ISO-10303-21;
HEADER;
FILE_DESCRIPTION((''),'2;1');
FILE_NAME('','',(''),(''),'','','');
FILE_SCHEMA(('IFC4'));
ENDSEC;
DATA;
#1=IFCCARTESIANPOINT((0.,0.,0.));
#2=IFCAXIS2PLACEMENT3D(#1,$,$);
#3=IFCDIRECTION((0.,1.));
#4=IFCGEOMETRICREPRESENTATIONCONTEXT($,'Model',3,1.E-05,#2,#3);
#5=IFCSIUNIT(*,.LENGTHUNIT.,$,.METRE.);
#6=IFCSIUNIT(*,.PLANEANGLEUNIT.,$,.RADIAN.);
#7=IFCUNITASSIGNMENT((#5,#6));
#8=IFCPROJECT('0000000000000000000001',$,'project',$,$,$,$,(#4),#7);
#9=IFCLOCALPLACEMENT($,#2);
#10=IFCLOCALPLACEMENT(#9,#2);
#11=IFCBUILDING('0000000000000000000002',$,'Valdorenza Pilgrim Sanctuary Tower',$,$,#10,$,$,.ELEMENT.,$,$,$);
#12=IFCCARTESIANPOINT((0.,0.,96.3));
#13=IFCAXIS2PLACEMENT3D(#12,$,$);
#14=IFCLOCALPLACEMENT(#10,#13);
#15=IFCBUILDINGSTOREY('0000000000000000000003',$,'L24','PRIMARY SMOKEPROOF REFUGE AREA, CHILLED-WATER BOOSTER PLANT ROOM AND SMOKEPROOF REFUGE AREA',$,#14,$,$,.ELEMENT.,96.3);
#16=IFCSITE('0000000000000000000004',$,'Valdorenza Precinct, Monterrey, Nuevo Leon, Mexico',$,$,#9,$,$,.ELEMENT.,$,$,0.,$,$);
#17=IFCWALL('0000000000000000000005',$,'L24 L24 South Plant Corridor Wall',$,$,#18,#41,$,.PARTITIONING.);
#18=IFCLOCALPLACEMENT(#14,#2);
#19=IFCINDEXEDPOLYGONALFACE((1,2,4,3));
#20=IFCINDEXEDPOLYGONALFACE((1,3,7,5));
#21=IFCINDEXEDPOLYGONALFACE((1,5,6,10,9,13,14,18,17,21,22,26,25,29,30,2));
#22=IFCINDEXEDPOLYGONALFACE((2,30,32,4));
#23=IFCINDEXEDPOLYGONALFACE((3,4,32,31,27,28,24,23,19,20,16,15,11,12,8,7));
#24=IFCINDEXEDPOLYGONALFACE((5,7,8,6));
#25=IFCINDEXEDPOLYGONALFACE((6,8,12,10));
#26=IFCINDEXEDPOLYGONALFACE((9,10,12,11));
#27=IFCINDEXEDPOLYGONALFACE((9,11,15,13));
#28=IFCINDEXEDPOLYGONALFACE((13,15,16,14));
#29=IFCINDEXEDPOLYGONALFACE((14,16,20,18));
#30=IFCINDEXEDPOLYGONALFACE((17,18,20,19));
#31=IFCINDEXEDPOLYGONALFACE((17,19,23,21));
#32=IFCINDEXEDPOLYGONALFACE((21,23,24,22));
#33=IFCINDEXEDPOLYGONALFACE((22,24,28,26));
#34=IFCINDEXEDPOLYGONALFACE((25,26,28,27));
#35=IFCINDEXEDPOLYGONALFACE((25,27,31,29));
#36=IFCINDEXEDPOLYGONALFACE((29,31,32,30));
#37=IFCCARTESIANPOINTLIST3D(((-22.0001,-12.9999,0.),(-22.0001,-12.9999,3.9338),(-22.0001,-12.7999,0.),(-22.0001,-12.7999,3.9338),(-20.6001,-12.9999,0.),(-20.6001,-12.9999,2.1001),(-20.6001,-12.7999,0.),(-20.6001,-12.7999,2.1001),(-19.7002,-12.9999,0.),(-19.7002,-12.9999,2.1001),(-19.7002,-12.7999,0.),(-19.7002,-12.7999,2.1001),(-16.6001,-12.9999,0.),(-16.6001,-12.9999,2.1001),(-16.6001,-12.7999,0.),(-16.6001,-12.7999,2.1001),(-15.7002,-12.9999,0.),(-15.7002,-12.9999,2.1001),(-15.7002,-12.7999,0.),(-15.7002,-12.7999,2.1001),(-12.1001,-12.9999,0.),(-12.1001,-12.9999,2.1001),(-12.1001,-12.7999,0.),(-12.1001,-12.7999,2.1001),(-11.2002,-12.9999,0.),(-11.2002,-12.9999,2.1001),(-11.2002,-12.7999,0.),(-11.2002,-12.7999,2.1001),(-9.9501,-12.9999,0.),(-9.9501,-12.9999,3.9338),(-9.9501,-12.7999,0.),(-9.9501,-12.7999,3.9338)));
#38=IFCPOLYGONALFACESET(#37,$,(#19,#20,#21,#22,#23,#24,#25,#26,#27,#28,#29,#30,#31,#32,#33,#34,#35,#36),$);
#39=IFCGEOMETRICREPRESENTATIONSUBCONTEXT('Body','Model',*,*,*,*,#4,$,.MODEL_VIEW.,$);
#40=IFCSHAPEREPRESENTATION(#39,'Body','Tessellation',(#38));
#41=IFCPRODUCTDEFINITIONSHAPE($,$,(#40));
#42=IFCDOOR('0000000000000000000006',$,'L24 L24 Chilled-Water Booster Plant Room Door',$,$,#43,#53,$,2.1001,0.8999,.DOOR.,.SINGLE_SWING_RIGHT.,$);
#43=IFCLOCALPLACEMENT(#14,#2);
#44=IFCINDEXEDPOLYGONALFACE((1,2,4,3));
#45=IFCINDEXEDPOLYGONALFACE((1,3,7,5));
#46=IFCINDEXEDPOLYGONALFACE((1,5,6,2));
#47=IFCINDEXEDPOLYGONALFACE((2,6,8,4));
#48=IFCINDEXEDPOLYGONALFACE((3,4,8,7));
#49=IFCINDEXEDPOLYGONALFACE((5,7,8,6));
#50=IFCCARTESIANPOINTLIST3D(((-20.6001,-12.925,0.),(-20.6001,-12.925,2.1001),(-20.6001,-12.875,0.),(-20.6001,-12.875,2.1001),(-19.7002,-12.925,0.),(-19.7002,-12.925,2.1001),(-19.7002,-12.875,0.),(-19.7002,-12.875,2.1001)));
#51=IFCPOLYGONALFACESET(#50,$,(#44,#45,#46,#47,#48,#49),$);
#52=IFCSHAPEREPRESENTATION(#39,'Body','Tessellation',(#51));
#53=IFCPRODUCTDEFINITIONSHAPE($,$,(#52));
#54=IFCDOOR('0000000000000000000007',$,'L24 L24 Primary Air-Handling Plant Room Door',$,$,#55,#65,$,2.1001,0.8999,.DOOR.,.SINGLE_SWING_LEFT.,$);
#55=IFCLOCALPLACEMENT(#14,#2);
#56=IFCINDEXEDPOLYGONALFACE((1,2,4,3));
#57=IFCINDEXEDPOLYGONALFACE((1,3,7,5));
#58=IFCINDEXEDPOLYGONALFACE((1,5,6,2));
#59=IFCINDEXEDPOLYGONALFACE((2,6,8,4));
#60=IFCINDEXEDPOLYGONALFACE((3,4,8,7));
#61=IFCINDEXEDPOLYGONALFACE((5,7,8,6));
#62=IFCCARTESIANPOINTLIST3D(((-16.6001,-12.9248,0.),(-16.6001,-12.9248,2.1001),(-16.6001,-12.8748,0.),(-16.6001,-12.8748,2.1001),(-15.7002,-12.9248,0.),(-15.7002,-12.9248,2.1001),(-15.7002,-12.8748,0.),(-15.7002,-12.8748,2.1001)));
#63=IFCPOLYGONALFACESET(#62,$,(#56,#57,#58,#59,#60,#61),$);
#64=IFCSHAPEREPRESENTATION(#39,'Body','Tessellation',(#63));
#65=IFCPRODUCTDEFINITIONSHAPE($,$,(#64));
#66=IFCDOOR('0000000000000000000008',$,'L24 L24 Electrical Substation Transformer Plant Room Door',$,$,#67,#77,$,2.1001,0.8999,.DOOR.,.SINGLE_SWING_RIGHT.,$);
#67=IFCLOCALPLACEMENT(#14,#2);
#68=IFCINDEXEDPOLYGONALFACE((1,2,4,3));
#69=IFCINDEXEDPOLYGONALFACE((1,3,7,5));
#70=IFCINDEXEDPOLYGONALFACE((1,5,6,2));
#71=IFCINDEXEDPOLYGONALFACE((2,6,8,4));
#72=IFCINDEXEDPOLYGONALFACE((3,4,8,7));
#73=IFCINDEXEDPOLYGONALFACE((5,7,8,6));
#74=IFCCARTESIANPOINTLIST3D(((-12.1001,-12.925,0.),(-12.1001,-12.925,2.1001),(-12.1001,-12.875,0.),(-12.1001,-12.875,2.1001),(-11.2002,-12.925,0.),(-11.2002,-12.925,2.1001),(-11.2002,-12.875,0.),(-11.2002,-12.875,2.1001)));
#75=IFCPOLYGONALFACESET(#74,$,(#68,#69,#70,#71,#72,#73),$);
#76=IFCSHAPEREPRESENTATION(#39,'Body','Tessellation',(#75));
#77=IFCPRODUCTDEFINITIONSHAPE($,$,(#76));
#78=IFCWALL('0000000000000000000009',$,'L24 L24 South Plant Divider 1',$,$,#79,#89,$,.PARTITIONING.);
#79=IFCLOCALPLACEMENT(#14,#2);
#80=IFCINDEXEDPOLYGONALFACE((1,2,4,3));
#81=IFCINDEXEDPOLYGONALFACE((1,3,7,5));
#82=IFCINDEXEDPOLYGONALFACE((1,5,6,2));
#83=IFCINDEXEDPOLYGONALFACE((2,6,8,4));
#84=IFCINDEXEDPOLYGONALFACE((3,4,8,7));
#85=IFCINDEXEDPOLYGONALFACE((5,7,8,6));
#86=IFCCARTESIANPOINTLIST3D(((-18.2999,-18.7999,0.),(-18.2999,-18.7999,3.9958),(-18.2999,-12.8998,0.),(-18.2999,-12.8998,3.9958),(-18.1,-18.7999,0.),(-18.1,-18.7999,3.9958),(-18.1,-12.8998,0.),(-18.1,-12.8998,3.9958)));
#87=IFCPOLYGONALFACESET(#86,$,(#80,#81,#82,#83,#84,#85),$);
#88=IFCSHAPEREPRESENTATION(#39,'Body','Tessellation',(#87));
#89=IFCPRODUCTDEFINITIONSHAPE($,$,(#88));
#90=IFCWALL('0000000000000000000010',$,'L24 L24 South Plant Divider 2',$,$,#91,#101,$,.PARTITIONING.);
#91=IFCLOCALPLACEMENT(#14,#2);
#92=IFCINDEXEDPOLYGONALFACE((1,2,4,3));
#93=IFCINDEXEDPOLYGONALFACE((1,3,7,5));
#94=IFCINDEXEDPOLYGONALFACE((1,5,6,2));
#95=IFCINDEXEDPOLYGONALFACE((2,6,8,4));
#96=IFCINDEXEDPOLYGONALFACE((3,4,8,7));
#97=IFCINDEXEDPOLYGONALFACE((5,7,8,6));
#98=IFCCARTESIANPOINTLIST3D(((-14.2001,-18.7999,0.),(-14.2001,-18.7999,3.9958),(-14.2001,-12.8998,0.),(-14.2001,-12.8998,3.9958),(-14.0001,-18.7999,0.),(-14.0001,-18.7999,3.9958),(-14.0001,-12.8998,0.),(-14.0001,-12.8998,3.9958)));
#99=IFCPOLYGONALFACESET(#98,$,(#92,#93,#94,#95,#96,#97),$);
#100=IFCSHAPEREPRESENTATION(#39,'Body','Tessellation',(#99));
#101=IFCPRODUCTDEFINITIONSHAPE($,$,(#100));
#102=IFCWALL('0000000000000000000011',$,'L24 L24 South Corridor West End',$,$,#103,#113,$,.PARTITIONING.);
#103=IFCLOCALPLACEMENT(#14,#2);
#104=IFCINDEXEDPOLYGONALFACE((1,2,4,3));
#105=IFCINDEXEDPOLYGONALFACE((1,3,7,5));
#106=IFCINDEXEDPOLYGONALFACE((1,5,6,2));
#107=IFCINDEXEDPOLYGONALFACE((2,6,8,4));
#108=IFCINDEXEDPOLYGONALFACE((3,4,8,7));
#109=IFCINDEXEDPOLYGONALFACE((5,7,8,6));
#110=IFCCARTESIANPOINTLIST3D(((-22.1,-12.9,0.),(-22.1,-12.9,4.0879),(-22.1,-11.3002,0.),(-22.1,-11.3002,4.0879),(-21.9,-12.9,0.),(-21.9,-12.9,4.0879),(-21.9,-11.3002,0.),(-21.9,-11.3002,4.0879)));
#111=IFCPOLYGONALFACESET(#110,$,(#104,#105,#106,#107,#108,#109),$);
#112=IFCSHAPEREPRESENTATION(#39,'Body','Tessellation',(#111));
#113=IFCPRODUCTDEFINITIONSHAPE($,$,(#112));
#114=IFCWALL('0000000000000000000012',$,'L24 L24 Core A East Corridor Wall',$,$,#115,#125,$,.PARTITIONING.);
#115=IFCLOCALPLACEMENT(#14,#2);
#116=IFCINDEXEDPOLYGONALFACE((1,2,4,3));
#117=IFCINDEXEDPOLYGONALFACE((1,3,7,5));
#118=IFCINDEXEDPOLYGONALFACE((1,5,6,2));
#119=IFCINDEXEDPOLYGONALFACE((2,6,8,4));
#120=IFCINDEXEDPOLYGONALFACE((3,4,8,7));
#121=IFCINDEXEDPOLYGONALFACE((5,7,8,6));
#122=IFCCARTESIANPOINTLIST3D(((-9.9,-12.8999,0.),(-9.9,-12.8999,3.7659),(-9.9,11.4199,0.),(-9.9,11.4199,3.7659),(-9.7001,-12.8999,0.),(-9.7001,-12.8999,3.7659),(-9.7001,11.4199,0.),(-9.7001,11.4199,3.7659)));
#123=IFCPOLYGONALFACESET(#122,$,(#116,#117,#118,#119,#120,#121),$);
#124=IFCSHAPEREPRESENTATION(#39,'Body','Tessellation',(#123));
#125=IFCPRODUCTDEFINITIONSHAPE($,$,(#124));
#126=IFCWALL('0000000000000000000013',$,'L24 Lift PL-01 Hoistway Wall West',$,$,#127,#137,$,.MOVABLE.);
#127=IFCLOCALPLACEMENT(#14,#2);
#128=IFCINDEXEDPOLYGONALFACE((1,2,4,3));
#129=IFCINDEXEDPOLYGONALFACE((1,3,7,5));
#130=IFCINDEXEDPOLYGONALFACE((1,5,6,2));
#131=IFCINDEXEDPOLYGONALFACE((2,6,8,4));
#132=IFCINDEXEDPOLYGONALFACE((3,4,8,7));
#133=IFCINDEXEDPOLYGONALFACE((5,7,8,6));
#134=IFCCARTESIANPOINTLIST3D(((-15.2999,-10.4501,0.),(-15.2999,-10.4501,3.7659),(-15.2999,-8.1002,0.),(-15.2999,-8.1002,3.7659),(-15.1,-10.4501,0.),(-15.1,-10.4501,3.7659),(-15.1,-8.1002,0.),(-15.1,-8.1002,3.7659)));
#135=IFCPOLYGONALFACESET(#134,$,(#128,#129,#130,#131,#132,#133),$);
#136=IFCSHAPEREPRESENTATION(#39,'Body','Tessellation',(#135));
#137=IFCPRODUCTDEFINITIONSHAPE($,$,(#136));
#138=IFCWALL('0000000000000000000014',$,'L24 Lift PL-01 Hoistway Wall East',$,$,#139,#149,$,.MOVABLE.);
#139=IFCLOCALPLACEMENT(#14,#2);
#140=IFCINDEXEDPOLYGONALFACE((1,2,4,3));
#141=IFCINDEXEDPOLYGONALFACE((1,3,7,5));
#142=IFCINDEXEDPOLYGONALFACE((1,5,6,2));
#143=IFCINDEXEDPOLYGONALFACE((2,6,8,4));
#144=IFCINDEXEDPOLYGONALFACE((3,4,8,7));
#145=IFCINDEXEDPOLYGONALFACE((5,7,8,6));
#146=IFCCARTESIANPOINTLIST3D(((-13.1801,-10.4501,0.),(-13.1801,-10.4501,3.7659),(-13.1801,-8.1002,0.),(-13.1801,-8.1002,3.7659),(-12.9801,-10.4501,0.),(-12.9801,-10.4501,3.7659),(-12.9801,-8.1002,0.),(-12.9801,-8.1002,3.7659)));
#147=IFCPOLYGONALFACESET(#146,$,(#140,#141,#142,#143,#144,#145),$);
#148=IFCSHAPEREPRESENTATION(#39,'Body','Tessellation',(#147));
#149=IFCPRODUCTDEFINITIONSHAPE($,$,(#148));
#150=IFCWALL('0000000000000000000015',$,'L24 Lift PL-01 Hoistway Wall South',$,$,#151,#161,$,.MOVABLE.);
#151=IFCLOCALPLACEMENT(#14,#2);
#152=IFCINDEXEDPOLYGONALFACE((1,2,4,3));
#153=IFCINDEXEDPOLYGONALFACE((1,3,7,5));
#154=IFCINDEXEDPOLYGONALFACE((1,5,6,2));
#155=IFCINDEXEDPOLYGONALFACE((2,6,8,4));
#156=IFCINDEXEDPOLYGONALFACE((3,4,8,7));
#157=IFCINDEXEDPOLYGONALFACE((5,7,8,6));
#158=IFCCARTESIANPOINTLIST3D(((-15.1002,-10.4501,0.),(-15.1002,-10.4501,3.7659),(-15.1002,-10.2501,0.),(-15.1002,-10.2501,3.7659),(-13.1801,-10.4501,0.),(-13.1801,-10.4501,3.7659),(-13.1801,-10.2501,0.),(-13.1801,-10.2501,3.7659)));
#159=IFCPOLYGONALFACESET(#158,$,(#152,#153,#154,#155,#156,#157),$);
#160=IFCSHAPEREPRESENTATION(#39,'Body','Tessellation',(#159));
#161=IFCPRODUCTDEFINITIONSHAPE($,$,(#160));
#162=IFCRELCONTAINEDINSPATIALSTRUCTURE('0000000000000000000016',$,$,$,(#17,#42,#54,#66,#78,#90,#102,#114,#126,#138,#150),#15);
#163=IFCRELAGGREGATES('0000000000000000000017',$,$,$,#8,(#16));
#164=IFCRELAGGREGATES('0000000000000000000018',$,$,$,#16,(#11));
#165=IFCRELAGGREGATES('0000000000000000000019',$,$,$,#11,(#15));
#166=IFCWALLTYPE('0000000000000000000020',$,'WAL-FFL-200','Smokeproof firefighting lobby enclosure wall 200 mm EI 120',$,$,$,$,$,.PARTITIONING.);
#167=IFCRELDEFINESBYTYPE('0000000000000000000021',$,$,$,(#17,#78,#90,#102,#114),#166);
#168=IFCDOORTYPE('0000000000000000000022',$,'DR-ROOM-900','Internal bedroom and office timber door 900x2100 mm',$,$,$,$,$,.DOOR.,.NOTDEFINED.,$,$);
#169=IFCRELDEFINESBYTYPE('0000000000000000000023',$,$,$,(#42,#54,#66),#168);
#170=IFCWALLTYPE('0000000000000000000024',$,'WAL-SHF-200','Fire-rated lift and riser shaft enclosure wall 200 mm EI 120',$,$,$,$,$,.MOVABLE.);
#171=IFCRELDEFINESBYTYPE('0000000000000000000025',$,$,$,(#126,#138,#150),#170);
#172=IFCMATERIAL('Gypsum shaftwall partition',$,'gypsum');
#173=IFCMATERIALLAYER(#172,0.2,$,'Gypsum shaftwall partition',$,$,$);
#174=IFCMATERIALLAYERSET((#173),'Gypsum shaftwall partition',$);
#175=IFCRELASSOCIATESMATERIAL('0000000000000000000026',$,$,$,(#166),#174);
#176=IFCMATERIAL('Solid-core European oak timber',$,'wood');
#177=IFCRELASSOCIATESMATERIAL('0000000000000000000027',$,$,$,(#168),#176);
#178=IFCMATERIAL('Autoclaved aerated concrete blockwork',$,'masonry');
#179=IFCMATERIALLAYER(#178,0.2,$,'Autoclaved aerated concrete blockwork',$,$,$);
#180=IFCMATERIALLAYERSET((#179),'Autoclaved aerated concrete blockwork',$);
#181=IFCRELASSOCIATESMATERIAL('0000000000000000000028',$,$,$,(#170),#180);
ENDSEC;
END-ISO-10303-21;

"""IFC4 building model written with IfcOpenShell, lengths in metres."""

from ifc_helpers import new_model, si_unit, direction, frame, frame_2d, origin, place, context, subcontext, project, spatial, rectangle, extrude, material, layer, layer_set, type_object, element, fill, save


model = new_model("IFC4")

# Units and contexts
model_context = context("Model", 3, precision=1e-05, world=origin(), true_north=direction((0.0, 1.0)))
body_context = subcontext(model_context, "Body", "Model", "MODEL_VIEW")
ifc_project = project(units=[si_unit("LENGTHUNIT", "METRE"), si_unit("PLANEANGLEUNIT", "RADIAN")], contexts=[model_context])

# Site, building, storey
site_placement = place(None, origin())
site = spatial("IfcSite", under=ifc_project, at=site_placement, Name="Valdorenza Precinct, Monterrey, Nuevo Leon, Mexico", CompositionType="ELEMENT", RefElevation=0.0)
building_placement = place(site_placement, origin())
building = spatial("IfcBuilding", under=site, at=building_placement, Name="Valdorenza Pilgrim Sanctuary Tower", CompositionType="ELEMENT")
storey_placement = place(building_placement, frame((0.0, 0.0, 96.3)))
storey = spatial("IfcBuildingStorey", under=building, at=storey_placement, Name="L24", Description="PRIMARY SMOKEPROOF REFUGE AREA, CHILLED-WATER BOOSTER PLANT ROOM AND SMOKEPROOF REFUGE AREA", CompositionType="ELEMENT", Elevation=96.3)

# Wall, openings, doors
ifc_material_1 = material(Name="Gypsum shaftwall partition", Category="gypsum")
ifc_layer_1 = layer(ifc_material_1, 0.2, Name="Gypsum shaftwall partition")
ifc_layer_set_1 = layer_set([ifc_layer_1], Name="Gypsum shaftwall partition")
wall_type_1 = type_object("IfcWallType", Name="WAL-FFL-200", Description="Smokeproof firefighting lobby enclosure wall 200 mm EI 120", PredefinedType="PARTITIONING", material=ifc_layer_set_1)
wall_1_placement = place(storey_placement, frame((-22.0, -12.8999, 0.0), z_axis=(0.0, 0.0, 1.0), x_axis=(1.0, 0.0, 0.0)))
wall_1 = element("IfcWall", 1, at=wall_1_placement, inside=storey, type_object=wall_type_1, Name="L24 L24 South Plant Corridor Wall", PredefinedType="PARTITIONING", context=body_context, shape_type="SweptSolid", body=[
    extrude(rectangle(XDim=12.05, YDim=0.2, at=frame_2d((6.0249, 0.0))), origin(), (0.0, 0.0, 1.0), 3.9338),
])
opening_1_placement = place(wall_1_placement, frame((1.3999, 0.0, 0.0)))
opening_1 = element("IfcOpeningElement", 2, at=opening_1_placement, cuts=wall_1, PredefinedType="OPENING", context=body_context, shape_type="SweptSolid", body=[
    extrude(rectangle(XDim=0.8999, YDim=2.1001, at=frame_2d((0.45, 1.05))), frame((0.0, 0.1147, 0.0), z_axis=(0.0, -1.0, 0.0), x_axis=(1.0, 0.0, 0.0)), (0.0, 0.0, 1.0), 0.2297),
])
opening_2_placement = place(wall_1_placement, frame((5.3999, 0.0, 0.0)))
opening_2 = element("IfcOpeningElement", 3, at=opening_2_placement, cuts=wall_1, PredefinedType="OPENING", context=body_context, shape_type="SweptSolid", body=[
    extrude(rectangle(XDim=0.8999, YDim=2.1001, at=frame_2d((0.45, 1.05))), frame((0.0, 0.1147, 0.0), z_axis=(0.0, -1.0, 0.0), x_axis=(1.0, 0.0, 0.0)), (0.0, 0.0, 1.0), 0.2297),
])
opening_3_placement = place(wall_1_placement, frame((9.8999, 0.0, 0.0)))
opening_3 = element("IfcOpeningElement", 4, at=opening_3_placement, cuts=wall_1, PredefinedType="OPENING", context=body_context, shape_type="SweptSolid", body=[
    extrude(rectangle(XDim=0.8999, YDim=2.1001, at=frame_2d((0.45, 1.05))), frame((0.0, 0.1147, 0.0), z_axis=(0.0, -1.0, 0.0), x_axis=(1.0, 0.0, 0.0)), (0.0, 0.0, 1.0), 0.2297),
])
ifc_material_2 = material(Name="Solid-core European oak timber", Category="wood")
door_type_1 = type_object("IfcDoorType", Name="DR-ROOM-900", Description="Internal bedroom and office timber door 900x2100 mm", OperationType="NOTDEFINED", PredefinedType="DOOR", material=ifc_material_2)
door_1_placement = place(opening_1_placement, origin())
door_1 = element("IfcDoor", 5, at=door_1_placement, inside=storey, type_object=door_type_1, Name="L24 L24 Chilled-Water Booster Plant Room Door", OperationType="SINGLE_SWING_RIGHT", OverallHeight=2.1001, OverallWidth=0.8999, PredefinedType="DOOR", context=body_context, shape_type="SweptSolid", body=[
    extrude(rectangle(XDim=0.8999, YDim=2.1001, at=frame_2d((0.45, 1.05))), frame((0.0, 0.0249, 0.0), z_axis=(0.0, -1.0, 0.0), x_axis=(1.0, 0.0, 0.0)), (0.0, 0.0, 1.0), 0.05),
])
fill(opening_1, door_1)
door_2_placement = place(opening_2_placement, frame((0.8999, 0.0, 0.0), z_axis=(0.0, 0.0, 1.0), x_axis=(-1.0, 0.0, 0.0)))
door_2 = element("IfcDoor", 6, at=door_2_placement, inside=storey, type_object=door_type_1, Name="L24 L24 Primary Air-Handling Plant Room Door", OperationType="SINGLE_SWING_LEFT", OverallHeight=2.1001, OverallWidth=0.8999, PredefinedType="DOOR", context=body_context, shape_type="SweptSolid", body=[
    extrude(rectangle(XDim=0.8999, YDim=2.1001, at=frame_2d((0.45, 1.05))), frame((0.0, 0.0249, 0.0), z_axis=(0.0, -1.0, 0.0), x_axis=(1.0, 0.0, 0.0)), (0.0, 0.0, 1.0), 0.05),
])
fill(opening_2, door_2)
door_3_placement = place(opening_3_placement, origin())
door_3 = element("IfcDoor", 7, at=door_3_placement, inside=storey, type_object=door_type_1, Name="L24 L24 Electrical Substation Transformer Plant Room Door", OperationType="SINGLE_SWING_RIGHT", OverallHeight=2.1001, OverallWidth=0.8999, PredefinedType="DOOR", context=body_context, shape_type="SweptSolid", body=[
    extrude(rectangle(XDim=0.8999, YDim=2.1001, at=frame_2d((0.45, 1.05))), frame((0.0, 0.0249, 0.0), z_axis=(0.0, -1.0, 0.0), x_axis=(1.0, 0.0, 0.0)), (0.0, 0.0, 1.0), 0.05),
])
fill(opening_3, door_3)

# Walls
for number, where, z_axis, x_axis, name in (
    (8, (-18.2, -18.8, 0.0), (0.0, 0.0, 1.0), (0.0, 1.0, 0.0), "L24 L24 South Plant Divider 1"),
    (9, (-14.1001, -18.8, 0.0), (0.0, 0.0, 1.0), (0.0, 1.0, 0.0), "L24 L24 South Plant Divider 2"),
):
    element("IfcWall", number, at=place(storey_placement, frame(where, z_axis=z_axis, x_axis=x_axis)), inside=storey, type_object=wall_type_1, Name=name, PredefinedType="PARTITIONING", context=body_context, shape_type="SweptSolid", body=[
        extrude(rectangle(XDim=5.9001, YDim=0.2, at=frame_2d((2.9502, 0.0))), origin(), (0.0, 0.0, 1.0), 3.9958),
    ])
wall_2_placement = place(storey_placement, frame((-22.0, -12.8999, 0.0), z_axis=(0.0, 0.0, 1.0), x_axis=(0.0, 1.0, 0.0)))
element("IfcWall", 10, at=wall_2_placement, inside=storey, type_object=wall_type_1, Name="L24 L24 South Corridor West End", PredefinedType="PARTITIONING", context=body_context, shape_type="SweptSolid", body=[
    extrude(rectangle(XDim=1.5999, YDim=0.2, at=frame_2d((0.7998, 0.0))), origin(), (0.0, 0.0, 1.0), 4.0879),
])
wall_3_placement = place(storey_placement, frame((-9.8, -12.8999, 0.0), z_axis=(0.0, 0.0, 1.0), x_axis=(0.0, 1.0, 0.0)))
element("IfcWall", 11, at=wall_3_placement, inside=storey, type_object=wall_type_1, Name="L24 L24 Core A East Corridor Wall", PredefinedType="PARTITIONING", context=body_context, shape_type="SweptSolid", body=[
    extrude(rectangle(XDim=24.3198, YDim=0.2, at=frame_2d((12.1599, 0.0))), origin(), (0.0, 0.0, 1.0), 3.7659),
])
ifc_material_3 = material(Name="Autoclaved aerated concrete blockwork", Category="masonry")
ifc_layer_2 = layer(ifc_material_3, 0.2, Name="Autoclaved aerated concrete blockwork")
ifc_layer_set_2 = layer_set([ifc_layer_2], Name="Autoclaved aerated concrete blockwork")
wall_type_2 = type_object("IfcWallType", Name="WAL-SHF-200", Description="Fire-rated lift and riser shaft enclosure wall 200 mm EI 120", PredefinedType="MOVABLE", material=ifc_layer_set_2)
for number, where, z_axis, x_axis, name in (
    (12, (-15.2, -10.45, 0.0), (0.0, 0.0, 1.0), (0.0, 1.0, 0.0), "L24 Lift PL-01 Hoistway Wall West"),
    (13, (-13.0801, -10.45, 0.0), (0.0, 0.0, 1.0), (0.0, 1.0, 0.0), "L24 Lift PL-01 Hoistway Wall East"),
):
    element("IfcWall", number, at=place(storey_placement, frame(where, z_axis=z_axis, x_axis=x_axis)), inside=storey, type_object=wall_type_2, Name=name, PredefinedType="MOVABLE", context=body_context, shape_type="SweptSolid", body=[
        extrude(rectangle(XDim=2.3499, YDim=0.2, at=frame_2d((1.1748, 0.0))), origin(), (0.0, 0.0, 1.0), 3.7659),
    ])
wall_4_placement = place(storey_placement, frame((-15.1001, -10.3501, 0.0), z_axis=(0.0, 0.0, 1.0), x_axis=(1.0, 0.0, 0.0)))
element("IfcWall", 14, at=wall_4_placement, inside=storey, type_object=wall_type_2, Name="L24 Lift PL-01 Hoistway Wall South", PredefinedType="MOVABLE", context=body_context, shape_type="SweptSolid", body=[
    extrude(rectangle(XDim=1.9202, YDim=0.2, at=frame_2d((0.96, 0.0))), origin(), (0.0, 0.0, 1.0), 3.7659),
])

save(model, "model.ifc")
